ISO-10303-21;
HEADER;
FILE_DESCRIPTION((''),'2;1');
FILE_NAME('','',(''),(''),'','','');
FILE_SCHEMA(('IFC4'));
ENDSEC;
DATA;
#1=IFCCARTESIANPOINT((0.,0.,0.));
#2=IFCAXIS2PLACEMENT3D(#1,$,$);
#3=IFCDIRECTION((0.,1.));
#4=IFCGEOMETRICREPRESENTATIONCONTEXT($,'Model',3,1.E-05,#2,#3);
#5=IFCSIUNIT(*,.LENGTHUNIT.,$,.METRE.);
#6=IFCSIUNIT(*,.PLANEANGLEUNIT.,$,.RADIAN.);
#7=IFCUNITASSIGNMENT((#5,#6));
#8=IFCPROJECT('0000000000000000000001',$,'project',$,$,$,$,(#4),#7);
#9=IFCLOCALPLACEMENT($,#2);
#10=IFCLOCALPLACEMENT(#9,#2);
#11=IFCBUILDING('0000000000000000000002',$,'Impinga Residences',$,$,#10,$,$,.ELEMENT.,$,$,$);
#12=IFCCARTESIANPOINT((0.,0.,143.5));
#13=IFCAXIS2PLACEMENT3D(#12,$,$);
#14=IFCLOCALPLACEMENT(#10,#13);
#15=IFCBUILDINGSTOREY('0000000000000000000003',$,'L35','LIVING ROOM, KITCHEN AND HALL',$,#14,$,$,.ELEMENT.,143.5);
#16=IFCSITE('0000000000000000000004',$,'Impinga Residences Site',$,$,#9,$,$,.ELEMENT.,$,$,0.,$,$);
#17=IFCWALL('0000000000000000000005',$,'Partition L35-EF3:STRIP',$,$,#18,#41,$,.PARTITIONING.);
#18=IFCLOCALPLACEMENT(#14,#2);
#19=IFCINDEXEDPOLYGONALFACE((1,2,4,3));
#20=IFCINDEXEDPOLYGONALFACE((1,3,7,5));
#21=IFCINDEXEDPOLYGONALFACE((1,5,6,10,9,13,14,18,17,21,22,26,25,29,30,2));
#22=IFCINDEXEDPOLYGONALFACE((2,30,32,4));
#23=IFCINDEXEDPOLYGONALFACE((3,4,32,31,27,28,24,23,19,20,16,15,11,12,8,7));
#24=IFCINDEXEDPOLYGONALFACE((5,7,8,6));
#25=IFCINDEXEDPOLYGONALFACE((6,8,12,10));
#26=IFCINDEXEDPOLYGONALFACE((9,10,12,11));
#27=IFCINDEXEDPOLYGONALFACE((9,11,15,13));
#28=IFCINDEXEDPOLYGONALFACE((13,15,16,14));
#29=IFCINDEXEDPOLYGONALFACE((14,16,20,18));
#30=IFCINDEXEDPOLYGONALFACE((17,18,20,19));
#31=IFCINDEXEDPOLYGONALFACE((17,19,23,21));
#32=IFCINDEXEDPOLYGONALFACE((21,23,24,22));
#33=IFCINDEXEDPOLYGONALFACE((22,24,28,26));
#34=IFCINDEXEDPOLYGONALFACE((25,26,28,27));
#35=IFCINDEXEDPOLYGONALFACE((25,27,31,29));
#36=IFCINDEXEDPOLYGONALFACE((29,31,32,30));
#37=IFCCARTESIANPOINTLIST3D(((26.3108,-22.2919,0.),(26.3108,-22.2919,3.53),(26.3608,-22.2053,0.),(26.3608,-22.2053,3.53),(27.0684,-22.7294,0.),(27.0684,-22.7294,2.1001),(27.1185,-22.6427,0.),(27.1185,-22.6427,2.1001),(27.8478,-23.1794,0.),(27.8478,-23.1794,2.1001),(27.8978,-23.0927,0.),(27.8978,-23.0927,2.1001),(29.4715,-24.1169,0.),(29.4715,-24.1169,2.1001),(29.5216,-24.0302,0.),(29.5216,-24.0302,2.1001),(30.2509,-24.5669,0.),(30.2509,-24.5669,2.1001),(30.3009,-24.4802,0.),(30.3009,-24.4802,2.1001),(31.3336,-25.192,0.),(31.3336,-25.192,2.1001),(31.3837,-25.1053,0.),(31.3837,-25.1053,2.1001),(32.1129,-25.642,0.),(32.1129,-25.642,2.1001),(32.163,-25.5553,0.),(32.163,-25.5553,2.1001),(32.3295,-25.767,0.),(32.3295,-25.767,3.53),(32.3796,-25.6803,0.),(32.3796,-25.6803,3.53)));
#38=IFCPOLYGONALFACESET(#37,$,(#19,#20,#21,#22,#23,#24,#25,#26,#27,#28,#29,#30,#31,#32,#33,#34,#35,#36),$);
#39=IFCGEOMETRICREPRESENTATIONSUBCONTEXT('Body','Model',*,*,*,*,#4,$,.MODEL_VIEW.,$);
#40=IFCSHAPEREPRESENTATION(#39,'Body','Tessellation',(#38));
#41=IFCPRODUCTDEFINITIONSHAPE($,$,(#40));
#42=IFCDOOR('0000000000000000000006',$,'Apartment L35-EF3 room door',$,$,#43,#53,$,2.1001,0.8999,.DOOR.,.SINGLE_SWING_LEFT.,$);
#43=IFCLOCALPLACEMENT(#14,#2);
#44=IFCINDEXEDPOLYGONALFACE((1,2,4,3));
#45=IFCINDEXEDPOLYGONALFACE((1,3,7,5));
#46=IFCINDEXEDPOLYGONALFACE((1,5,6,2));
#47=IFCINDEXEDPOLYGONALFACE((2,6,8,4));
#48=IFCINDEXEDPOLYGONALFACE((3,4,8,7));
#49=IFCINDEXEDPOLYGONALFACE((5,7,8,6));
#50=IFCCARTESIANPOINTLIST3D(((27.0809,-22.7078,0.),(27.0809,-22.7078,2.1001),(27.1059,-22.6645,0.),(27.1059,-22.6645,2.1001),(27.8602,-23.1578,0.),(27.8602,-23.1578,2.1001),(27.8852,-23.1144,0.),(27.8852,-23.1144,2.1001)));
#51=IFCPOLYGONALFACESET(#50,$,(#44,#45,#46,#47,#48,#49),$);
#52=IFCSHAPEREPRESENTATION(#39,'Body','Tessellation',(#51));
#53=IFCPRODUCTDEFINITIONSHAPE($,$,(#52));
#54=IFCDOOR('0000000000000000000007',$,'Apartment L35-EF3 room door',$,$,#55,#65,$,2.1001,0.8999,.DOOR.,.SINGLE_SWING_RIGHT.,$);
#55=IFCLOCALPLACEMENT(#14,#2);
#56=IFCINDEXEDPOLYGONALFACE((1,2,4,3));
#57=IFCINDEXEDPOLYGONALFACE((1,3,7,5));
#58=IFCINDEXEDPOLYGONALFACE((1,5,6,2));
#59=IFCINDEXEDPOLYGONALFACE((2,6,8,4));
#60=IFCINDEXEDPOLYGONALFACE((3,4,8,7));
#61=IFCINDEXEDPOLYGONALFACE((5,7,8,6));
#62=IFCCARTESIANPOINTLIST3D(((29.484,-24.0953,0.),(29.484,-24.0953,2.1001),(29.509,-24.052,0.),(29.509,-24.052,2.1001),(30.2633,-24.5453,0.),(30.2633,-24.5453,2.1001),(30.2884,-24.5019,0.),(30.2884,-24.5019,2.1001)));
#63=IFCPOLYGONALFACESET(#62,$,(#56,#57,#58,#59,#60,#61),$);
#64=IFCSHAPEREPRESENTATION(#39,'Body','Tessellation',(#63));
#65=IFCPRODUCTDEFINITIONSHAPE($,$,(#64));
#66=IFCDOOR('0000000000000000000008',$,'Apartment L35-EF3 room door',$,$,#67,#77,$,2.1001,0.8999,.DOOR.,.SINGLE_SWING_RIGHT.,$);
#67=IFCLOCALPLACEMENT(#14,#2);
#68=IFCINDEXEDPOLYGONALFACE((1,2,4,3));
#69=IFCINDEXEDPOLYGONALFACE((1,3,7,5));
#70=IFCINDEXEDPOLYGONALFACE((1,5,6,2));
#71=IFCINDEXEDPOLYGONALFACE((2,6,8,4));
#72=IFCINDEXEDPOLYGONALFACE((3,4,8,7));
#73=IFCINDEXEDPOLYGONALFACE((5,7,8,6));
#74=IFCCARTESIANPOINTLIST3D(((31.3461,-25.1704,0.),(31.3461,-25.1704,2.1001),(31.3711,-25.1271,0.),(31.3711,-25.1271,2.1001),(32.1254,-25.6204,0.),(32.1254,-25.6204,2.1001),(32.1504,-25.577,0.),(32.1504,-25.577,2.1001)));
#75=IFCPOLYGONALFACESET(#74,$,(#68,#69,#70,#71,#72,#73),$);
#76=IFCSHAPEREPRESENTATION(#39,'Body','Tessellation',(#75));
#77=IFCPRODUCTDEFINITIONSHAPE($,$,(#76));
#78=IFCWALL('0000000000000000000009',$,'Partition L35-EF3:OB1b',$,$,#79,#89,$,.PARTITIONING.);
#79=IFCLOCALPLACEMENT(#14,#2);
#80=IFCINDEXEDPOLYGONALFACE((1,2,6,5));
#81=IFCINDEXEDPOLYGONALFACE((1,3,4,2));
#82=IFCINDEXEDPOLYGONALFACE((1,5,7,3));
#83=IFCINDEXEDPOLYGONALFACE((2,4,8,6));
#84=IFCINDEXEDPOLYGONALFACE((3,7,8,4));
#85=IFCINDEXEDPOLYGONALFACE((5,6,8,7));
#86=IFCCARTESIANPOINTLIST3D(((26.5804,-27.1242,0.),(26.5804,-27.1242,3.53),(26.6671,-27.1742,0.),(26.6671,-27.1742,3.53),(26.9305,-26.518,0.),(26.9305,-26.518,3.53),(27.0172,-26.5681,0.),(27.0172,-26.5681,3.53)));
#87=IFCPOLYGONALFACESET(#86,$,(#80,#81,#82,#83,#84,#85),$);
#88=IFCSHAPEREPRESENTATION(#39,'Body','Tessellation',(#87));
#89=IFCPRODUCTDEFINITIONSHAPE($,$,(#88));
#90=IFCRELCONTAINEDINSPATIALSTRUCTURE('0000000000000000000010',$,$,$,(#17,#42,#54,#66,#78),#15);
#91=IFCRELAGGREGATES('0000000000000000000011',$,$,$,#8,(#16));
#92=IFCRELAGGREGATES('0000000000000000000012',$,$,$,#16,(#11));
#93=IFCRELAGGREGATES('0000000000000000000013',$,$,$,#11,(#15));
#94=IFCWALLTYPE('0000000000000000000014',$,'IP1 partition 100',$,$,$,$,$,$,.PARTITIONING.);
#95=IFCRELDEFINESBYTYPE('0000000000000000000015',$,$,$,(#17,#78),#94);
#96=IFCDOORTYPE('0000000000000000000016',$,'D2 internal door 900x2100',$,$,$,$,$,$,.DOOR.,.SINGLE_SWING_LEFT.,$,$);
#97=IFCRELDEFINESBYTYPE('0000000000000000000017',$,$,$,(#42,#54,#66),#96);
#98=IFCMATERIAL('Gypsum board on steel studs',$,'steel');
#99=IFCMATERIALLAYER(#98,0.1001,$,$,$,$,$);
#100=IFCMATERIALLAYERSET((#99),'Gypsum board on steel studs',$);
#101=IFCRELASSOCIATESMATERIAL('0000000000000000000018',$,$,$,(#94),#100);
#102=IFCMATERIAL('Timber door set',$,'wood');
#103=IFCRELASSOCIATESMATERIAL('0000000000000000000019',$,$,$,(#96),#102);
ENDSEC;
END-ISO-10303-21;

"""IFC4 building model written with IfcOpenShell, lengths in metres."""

from ifc_helpers import new_model, si_unit, direction, frame, frame_2d, origin, place, context, subcontext, project, spatial, rectangle, extrude, material, layer, layer_set, type_object, element, fill, save


model = new_model("IFC4")

# Units and contexts
model_context = context("Model", 3, precision=1e-05, world=origin(), true_north=direction((0.0, 1.0)))
body_context = subcontext(model_context, "Body", "Model", "MODEL_VIEW")
ifc_project = project(units=[si_unit("LENGTHUNIT", "METRE"), si_unit("PLANEANGLEUNIT", "RADIAN")], contexts=[model_context])

# Site, building, storey
site_placement = place(None, origin())
site = spatial("IfcSite", under=ifc_project, at=site_placement, Name="Impinga Residences Site", CompositionType="ELEMENT", RefElevation=0.0)
building_placement = place(site_placement, origin())
building = spatial("IfcBuilding", under=site, at=building_placement, Name="Impinga Residences", CompositionType="ELEMENT")
storey_placement = place(building_placement, frame((0.0, 0.0, 143.5)))
storey = spatial("IfcBuildingStorey", under=building, at=storey_placement, Name="L35", Description="LIVING ROOM, KITCHEN AND HALL", CompositionType="ELEMENT", Elevation=143.5)

# Shared definitions
ifc_material_1 = material(Name="Gypsum board on steel studs", Category="steel")
ifc_layer = layer(ifc_material_1, 0.1001)
ifc_layer_set = layer_set([ifc_layer], Name="Gypsum board on steel studs")
wall_type = type_object("IfcWallType", Name="IP1 partition 100", PredefinedType="PARTITIONING", material=ifc_layer_set)

# Shared definitions
ifc_material_2 = material(Name="Timber door set", Category="wood")
door_type = type_object("IfcDoorType", Name="D2 internal door 900x2100", OperationType="SINGLE_SWING_LEFT", PredefinedType="DOOR", material=ifc_material_2)

# Wall, openings, doors
wall_1_placement = place(storey_placement, frame((26.3357, -22.2485, 0.0), z_axis=(0.0, 0.0, 1.0), x_axis=(0.866017, -0.500015, 0.0)))
wall_1 = element("IfcWall", 1, at=wall_1_placement, inside=storey, type_object=wall_type, Name="Partition L35-EF3:STRIP", PredefinedType="PARTITIONING", context=body_context, shape_type="SweptSolid", body=[
    extrude(rectangle(XDim=6.95, YDim=0.1001, at=frame_2d((3.4751, 0.0))), origin(), (0.0, 0.0, 1.0), 3.53),
])
opening_1_placement = place(wall_1_placement, frame((0.875, 0.0, 0.0)))
opening_1 = element("IfcOpeningElement", 2, at=opening_1_placement, cuts=wall_1, PredefinedType="OPENING", context=body_context, shape_type="SweptSolid", body=[
    extrude(rectangle(XDim=0.8999, YDim=2.1001, at=frame_2d((0.45, 1.05))), frame((0.0, 0.0601, 0.0), z_axis=(0.0, -1.0, 0.0), x_axis=(1.0, 0.0, 0.0)), (0.0, 0.0, 1.0), 0.1201),
])
opening_2_placement = place(wall_1_placement, frame((3.6499, 0.0, 0.0)))
opening_2 = element("IfcOpeningElement", 3, at=opening_2_placement, cuts=wall_1, PredefinedType="OPENING", context=body_context, shape_type="SweptSolid", body=[
    extrude(rectangle(XDim=0.8999, YDim=2.1001, at=frame_2d((0.45, 1.05))), frame((0.0, 0.0601, 0.0), z_axis=(0.0, -1.0, 0.0), x_axis=(1.0, 0.0, 0.0)), (0.0, 0.0, 1.0), 0.1201),
])
opening_3_placement = place(wall_1_placement, frame((5.8, 0.0, 0.0)))
opening_3 = element("IfcOpeningElement", 4, at=opening_3_placement, cuts=wall_1, PredefinedType="OPENING", context=body_context, shape_type="SweptSolid", body=[
    extrude(rectangle(XDim=0.8999, YDim=2.1001, at=frame_2d((0.45, 1.05))), frame((0.0, 0.0601, 0.0), z_axis=(0.0, -1.0, 0.0), x_axis=(1.0, 0.0, 0.0)), (0.0, 0.0, 1.0), 0.1201),
])
door_1_placement = place(opening_1_placement, origin())
door_1 = element("IfcDoor", 5, at=door_1_placement, inside=storey, type_object=door_type, Name="Apartment L35-EF3 room door", OperationType="SINGLE_SWING_LEFT", OverallHeight=2.1001, OverallWidth=0.8999, PredefinedType="DOOR", context=body_context, shape_type="SweptSolid", body=[
    extrude(rectangle(XDim=0.8999, YDim=2.1001, at=frame_2d((0.45, 1.05))), frame((0.0, 0.0249, 0.0), z_axis=(0.0, -1.0, 0.0), x_axis=(1.0, 0.0, 0.0)), (0.0, 0.0, 1.0), 0.05),
])
fill(opening_1, door_1)
door_2_placement = place(opening_2_placement, origin())
door_2 = element("IfcDoor", 6, at=door_2_placement, inside=storey, type_object=door_type, Name="Apartment L35-EF3 room door", OperationType="SINGLE_SWING_RIGHT", OverallHeight=2.1001, OverallWidth=0.8999, PredefinedType="DOOR", context=body_context, shape_type="SweptSolid", body=[
    extrude(rectangle(XDim=0.8999, YDim=2.1001, at=frame_2d((0.45, 1.05))), frame((0.0, 0.0249, 0.0), z_axis=(0.0, -1.0, 0.0), x_axis=(1.0, 0.0, 0.0)), (0.0, 0.0, 1.0), 0.05),
])
fill(opening_2, door_2)
door_3_placement = place(opening_3_placement, origin())
door_3 = element("IfcDoor", 7, at=door_3_placement, inside=storey, type_object=door_type, Name="Apartment L35-EF3 room door", OperationType="SINGLE_SWING_RIGHT", OverallHeight=2.1001, OverallWidth=0.8999, PredefinedType="DOOR", context=body_context, shape_type="SweptSolid", body=[
    extrude(rectangle(XDim=0.8999, YDim=2.1001, at=frame_2d((0.45, 1.05))), frame((0.0, 0.0249, 0.0), z_axis=(0.0, -1.0, 0.0), x_axis=(1.0, 0.0, 0.0)), (0.0, 0.0, 1.0), 0.05),
])
fill(opening_3, door_3)

# Wall
wall_2_placement = place(storey_placement, frame((26.9739, -26.543, 0.0), z_axis=(0.0, 0.0, 1.0), x_axis=(-0.500115, -0.865959, 0.0)))
element("IfcWall", 8, at=wall_2_placement, inside=storey, type_object=wall_type, Name="Partition L35-EF3:OB1b", PredefinedType="PARTITIONING", context=body_context, shape_type="SweptSolid", body=[
    extrude(rectangle(XDim=0.7, YDim=0.1001, at=frame_2d((0.3501, 0.0))), origin(), (0.0, 0.0, 1.0), 3.53),
])

save(model, "model.ifc")
